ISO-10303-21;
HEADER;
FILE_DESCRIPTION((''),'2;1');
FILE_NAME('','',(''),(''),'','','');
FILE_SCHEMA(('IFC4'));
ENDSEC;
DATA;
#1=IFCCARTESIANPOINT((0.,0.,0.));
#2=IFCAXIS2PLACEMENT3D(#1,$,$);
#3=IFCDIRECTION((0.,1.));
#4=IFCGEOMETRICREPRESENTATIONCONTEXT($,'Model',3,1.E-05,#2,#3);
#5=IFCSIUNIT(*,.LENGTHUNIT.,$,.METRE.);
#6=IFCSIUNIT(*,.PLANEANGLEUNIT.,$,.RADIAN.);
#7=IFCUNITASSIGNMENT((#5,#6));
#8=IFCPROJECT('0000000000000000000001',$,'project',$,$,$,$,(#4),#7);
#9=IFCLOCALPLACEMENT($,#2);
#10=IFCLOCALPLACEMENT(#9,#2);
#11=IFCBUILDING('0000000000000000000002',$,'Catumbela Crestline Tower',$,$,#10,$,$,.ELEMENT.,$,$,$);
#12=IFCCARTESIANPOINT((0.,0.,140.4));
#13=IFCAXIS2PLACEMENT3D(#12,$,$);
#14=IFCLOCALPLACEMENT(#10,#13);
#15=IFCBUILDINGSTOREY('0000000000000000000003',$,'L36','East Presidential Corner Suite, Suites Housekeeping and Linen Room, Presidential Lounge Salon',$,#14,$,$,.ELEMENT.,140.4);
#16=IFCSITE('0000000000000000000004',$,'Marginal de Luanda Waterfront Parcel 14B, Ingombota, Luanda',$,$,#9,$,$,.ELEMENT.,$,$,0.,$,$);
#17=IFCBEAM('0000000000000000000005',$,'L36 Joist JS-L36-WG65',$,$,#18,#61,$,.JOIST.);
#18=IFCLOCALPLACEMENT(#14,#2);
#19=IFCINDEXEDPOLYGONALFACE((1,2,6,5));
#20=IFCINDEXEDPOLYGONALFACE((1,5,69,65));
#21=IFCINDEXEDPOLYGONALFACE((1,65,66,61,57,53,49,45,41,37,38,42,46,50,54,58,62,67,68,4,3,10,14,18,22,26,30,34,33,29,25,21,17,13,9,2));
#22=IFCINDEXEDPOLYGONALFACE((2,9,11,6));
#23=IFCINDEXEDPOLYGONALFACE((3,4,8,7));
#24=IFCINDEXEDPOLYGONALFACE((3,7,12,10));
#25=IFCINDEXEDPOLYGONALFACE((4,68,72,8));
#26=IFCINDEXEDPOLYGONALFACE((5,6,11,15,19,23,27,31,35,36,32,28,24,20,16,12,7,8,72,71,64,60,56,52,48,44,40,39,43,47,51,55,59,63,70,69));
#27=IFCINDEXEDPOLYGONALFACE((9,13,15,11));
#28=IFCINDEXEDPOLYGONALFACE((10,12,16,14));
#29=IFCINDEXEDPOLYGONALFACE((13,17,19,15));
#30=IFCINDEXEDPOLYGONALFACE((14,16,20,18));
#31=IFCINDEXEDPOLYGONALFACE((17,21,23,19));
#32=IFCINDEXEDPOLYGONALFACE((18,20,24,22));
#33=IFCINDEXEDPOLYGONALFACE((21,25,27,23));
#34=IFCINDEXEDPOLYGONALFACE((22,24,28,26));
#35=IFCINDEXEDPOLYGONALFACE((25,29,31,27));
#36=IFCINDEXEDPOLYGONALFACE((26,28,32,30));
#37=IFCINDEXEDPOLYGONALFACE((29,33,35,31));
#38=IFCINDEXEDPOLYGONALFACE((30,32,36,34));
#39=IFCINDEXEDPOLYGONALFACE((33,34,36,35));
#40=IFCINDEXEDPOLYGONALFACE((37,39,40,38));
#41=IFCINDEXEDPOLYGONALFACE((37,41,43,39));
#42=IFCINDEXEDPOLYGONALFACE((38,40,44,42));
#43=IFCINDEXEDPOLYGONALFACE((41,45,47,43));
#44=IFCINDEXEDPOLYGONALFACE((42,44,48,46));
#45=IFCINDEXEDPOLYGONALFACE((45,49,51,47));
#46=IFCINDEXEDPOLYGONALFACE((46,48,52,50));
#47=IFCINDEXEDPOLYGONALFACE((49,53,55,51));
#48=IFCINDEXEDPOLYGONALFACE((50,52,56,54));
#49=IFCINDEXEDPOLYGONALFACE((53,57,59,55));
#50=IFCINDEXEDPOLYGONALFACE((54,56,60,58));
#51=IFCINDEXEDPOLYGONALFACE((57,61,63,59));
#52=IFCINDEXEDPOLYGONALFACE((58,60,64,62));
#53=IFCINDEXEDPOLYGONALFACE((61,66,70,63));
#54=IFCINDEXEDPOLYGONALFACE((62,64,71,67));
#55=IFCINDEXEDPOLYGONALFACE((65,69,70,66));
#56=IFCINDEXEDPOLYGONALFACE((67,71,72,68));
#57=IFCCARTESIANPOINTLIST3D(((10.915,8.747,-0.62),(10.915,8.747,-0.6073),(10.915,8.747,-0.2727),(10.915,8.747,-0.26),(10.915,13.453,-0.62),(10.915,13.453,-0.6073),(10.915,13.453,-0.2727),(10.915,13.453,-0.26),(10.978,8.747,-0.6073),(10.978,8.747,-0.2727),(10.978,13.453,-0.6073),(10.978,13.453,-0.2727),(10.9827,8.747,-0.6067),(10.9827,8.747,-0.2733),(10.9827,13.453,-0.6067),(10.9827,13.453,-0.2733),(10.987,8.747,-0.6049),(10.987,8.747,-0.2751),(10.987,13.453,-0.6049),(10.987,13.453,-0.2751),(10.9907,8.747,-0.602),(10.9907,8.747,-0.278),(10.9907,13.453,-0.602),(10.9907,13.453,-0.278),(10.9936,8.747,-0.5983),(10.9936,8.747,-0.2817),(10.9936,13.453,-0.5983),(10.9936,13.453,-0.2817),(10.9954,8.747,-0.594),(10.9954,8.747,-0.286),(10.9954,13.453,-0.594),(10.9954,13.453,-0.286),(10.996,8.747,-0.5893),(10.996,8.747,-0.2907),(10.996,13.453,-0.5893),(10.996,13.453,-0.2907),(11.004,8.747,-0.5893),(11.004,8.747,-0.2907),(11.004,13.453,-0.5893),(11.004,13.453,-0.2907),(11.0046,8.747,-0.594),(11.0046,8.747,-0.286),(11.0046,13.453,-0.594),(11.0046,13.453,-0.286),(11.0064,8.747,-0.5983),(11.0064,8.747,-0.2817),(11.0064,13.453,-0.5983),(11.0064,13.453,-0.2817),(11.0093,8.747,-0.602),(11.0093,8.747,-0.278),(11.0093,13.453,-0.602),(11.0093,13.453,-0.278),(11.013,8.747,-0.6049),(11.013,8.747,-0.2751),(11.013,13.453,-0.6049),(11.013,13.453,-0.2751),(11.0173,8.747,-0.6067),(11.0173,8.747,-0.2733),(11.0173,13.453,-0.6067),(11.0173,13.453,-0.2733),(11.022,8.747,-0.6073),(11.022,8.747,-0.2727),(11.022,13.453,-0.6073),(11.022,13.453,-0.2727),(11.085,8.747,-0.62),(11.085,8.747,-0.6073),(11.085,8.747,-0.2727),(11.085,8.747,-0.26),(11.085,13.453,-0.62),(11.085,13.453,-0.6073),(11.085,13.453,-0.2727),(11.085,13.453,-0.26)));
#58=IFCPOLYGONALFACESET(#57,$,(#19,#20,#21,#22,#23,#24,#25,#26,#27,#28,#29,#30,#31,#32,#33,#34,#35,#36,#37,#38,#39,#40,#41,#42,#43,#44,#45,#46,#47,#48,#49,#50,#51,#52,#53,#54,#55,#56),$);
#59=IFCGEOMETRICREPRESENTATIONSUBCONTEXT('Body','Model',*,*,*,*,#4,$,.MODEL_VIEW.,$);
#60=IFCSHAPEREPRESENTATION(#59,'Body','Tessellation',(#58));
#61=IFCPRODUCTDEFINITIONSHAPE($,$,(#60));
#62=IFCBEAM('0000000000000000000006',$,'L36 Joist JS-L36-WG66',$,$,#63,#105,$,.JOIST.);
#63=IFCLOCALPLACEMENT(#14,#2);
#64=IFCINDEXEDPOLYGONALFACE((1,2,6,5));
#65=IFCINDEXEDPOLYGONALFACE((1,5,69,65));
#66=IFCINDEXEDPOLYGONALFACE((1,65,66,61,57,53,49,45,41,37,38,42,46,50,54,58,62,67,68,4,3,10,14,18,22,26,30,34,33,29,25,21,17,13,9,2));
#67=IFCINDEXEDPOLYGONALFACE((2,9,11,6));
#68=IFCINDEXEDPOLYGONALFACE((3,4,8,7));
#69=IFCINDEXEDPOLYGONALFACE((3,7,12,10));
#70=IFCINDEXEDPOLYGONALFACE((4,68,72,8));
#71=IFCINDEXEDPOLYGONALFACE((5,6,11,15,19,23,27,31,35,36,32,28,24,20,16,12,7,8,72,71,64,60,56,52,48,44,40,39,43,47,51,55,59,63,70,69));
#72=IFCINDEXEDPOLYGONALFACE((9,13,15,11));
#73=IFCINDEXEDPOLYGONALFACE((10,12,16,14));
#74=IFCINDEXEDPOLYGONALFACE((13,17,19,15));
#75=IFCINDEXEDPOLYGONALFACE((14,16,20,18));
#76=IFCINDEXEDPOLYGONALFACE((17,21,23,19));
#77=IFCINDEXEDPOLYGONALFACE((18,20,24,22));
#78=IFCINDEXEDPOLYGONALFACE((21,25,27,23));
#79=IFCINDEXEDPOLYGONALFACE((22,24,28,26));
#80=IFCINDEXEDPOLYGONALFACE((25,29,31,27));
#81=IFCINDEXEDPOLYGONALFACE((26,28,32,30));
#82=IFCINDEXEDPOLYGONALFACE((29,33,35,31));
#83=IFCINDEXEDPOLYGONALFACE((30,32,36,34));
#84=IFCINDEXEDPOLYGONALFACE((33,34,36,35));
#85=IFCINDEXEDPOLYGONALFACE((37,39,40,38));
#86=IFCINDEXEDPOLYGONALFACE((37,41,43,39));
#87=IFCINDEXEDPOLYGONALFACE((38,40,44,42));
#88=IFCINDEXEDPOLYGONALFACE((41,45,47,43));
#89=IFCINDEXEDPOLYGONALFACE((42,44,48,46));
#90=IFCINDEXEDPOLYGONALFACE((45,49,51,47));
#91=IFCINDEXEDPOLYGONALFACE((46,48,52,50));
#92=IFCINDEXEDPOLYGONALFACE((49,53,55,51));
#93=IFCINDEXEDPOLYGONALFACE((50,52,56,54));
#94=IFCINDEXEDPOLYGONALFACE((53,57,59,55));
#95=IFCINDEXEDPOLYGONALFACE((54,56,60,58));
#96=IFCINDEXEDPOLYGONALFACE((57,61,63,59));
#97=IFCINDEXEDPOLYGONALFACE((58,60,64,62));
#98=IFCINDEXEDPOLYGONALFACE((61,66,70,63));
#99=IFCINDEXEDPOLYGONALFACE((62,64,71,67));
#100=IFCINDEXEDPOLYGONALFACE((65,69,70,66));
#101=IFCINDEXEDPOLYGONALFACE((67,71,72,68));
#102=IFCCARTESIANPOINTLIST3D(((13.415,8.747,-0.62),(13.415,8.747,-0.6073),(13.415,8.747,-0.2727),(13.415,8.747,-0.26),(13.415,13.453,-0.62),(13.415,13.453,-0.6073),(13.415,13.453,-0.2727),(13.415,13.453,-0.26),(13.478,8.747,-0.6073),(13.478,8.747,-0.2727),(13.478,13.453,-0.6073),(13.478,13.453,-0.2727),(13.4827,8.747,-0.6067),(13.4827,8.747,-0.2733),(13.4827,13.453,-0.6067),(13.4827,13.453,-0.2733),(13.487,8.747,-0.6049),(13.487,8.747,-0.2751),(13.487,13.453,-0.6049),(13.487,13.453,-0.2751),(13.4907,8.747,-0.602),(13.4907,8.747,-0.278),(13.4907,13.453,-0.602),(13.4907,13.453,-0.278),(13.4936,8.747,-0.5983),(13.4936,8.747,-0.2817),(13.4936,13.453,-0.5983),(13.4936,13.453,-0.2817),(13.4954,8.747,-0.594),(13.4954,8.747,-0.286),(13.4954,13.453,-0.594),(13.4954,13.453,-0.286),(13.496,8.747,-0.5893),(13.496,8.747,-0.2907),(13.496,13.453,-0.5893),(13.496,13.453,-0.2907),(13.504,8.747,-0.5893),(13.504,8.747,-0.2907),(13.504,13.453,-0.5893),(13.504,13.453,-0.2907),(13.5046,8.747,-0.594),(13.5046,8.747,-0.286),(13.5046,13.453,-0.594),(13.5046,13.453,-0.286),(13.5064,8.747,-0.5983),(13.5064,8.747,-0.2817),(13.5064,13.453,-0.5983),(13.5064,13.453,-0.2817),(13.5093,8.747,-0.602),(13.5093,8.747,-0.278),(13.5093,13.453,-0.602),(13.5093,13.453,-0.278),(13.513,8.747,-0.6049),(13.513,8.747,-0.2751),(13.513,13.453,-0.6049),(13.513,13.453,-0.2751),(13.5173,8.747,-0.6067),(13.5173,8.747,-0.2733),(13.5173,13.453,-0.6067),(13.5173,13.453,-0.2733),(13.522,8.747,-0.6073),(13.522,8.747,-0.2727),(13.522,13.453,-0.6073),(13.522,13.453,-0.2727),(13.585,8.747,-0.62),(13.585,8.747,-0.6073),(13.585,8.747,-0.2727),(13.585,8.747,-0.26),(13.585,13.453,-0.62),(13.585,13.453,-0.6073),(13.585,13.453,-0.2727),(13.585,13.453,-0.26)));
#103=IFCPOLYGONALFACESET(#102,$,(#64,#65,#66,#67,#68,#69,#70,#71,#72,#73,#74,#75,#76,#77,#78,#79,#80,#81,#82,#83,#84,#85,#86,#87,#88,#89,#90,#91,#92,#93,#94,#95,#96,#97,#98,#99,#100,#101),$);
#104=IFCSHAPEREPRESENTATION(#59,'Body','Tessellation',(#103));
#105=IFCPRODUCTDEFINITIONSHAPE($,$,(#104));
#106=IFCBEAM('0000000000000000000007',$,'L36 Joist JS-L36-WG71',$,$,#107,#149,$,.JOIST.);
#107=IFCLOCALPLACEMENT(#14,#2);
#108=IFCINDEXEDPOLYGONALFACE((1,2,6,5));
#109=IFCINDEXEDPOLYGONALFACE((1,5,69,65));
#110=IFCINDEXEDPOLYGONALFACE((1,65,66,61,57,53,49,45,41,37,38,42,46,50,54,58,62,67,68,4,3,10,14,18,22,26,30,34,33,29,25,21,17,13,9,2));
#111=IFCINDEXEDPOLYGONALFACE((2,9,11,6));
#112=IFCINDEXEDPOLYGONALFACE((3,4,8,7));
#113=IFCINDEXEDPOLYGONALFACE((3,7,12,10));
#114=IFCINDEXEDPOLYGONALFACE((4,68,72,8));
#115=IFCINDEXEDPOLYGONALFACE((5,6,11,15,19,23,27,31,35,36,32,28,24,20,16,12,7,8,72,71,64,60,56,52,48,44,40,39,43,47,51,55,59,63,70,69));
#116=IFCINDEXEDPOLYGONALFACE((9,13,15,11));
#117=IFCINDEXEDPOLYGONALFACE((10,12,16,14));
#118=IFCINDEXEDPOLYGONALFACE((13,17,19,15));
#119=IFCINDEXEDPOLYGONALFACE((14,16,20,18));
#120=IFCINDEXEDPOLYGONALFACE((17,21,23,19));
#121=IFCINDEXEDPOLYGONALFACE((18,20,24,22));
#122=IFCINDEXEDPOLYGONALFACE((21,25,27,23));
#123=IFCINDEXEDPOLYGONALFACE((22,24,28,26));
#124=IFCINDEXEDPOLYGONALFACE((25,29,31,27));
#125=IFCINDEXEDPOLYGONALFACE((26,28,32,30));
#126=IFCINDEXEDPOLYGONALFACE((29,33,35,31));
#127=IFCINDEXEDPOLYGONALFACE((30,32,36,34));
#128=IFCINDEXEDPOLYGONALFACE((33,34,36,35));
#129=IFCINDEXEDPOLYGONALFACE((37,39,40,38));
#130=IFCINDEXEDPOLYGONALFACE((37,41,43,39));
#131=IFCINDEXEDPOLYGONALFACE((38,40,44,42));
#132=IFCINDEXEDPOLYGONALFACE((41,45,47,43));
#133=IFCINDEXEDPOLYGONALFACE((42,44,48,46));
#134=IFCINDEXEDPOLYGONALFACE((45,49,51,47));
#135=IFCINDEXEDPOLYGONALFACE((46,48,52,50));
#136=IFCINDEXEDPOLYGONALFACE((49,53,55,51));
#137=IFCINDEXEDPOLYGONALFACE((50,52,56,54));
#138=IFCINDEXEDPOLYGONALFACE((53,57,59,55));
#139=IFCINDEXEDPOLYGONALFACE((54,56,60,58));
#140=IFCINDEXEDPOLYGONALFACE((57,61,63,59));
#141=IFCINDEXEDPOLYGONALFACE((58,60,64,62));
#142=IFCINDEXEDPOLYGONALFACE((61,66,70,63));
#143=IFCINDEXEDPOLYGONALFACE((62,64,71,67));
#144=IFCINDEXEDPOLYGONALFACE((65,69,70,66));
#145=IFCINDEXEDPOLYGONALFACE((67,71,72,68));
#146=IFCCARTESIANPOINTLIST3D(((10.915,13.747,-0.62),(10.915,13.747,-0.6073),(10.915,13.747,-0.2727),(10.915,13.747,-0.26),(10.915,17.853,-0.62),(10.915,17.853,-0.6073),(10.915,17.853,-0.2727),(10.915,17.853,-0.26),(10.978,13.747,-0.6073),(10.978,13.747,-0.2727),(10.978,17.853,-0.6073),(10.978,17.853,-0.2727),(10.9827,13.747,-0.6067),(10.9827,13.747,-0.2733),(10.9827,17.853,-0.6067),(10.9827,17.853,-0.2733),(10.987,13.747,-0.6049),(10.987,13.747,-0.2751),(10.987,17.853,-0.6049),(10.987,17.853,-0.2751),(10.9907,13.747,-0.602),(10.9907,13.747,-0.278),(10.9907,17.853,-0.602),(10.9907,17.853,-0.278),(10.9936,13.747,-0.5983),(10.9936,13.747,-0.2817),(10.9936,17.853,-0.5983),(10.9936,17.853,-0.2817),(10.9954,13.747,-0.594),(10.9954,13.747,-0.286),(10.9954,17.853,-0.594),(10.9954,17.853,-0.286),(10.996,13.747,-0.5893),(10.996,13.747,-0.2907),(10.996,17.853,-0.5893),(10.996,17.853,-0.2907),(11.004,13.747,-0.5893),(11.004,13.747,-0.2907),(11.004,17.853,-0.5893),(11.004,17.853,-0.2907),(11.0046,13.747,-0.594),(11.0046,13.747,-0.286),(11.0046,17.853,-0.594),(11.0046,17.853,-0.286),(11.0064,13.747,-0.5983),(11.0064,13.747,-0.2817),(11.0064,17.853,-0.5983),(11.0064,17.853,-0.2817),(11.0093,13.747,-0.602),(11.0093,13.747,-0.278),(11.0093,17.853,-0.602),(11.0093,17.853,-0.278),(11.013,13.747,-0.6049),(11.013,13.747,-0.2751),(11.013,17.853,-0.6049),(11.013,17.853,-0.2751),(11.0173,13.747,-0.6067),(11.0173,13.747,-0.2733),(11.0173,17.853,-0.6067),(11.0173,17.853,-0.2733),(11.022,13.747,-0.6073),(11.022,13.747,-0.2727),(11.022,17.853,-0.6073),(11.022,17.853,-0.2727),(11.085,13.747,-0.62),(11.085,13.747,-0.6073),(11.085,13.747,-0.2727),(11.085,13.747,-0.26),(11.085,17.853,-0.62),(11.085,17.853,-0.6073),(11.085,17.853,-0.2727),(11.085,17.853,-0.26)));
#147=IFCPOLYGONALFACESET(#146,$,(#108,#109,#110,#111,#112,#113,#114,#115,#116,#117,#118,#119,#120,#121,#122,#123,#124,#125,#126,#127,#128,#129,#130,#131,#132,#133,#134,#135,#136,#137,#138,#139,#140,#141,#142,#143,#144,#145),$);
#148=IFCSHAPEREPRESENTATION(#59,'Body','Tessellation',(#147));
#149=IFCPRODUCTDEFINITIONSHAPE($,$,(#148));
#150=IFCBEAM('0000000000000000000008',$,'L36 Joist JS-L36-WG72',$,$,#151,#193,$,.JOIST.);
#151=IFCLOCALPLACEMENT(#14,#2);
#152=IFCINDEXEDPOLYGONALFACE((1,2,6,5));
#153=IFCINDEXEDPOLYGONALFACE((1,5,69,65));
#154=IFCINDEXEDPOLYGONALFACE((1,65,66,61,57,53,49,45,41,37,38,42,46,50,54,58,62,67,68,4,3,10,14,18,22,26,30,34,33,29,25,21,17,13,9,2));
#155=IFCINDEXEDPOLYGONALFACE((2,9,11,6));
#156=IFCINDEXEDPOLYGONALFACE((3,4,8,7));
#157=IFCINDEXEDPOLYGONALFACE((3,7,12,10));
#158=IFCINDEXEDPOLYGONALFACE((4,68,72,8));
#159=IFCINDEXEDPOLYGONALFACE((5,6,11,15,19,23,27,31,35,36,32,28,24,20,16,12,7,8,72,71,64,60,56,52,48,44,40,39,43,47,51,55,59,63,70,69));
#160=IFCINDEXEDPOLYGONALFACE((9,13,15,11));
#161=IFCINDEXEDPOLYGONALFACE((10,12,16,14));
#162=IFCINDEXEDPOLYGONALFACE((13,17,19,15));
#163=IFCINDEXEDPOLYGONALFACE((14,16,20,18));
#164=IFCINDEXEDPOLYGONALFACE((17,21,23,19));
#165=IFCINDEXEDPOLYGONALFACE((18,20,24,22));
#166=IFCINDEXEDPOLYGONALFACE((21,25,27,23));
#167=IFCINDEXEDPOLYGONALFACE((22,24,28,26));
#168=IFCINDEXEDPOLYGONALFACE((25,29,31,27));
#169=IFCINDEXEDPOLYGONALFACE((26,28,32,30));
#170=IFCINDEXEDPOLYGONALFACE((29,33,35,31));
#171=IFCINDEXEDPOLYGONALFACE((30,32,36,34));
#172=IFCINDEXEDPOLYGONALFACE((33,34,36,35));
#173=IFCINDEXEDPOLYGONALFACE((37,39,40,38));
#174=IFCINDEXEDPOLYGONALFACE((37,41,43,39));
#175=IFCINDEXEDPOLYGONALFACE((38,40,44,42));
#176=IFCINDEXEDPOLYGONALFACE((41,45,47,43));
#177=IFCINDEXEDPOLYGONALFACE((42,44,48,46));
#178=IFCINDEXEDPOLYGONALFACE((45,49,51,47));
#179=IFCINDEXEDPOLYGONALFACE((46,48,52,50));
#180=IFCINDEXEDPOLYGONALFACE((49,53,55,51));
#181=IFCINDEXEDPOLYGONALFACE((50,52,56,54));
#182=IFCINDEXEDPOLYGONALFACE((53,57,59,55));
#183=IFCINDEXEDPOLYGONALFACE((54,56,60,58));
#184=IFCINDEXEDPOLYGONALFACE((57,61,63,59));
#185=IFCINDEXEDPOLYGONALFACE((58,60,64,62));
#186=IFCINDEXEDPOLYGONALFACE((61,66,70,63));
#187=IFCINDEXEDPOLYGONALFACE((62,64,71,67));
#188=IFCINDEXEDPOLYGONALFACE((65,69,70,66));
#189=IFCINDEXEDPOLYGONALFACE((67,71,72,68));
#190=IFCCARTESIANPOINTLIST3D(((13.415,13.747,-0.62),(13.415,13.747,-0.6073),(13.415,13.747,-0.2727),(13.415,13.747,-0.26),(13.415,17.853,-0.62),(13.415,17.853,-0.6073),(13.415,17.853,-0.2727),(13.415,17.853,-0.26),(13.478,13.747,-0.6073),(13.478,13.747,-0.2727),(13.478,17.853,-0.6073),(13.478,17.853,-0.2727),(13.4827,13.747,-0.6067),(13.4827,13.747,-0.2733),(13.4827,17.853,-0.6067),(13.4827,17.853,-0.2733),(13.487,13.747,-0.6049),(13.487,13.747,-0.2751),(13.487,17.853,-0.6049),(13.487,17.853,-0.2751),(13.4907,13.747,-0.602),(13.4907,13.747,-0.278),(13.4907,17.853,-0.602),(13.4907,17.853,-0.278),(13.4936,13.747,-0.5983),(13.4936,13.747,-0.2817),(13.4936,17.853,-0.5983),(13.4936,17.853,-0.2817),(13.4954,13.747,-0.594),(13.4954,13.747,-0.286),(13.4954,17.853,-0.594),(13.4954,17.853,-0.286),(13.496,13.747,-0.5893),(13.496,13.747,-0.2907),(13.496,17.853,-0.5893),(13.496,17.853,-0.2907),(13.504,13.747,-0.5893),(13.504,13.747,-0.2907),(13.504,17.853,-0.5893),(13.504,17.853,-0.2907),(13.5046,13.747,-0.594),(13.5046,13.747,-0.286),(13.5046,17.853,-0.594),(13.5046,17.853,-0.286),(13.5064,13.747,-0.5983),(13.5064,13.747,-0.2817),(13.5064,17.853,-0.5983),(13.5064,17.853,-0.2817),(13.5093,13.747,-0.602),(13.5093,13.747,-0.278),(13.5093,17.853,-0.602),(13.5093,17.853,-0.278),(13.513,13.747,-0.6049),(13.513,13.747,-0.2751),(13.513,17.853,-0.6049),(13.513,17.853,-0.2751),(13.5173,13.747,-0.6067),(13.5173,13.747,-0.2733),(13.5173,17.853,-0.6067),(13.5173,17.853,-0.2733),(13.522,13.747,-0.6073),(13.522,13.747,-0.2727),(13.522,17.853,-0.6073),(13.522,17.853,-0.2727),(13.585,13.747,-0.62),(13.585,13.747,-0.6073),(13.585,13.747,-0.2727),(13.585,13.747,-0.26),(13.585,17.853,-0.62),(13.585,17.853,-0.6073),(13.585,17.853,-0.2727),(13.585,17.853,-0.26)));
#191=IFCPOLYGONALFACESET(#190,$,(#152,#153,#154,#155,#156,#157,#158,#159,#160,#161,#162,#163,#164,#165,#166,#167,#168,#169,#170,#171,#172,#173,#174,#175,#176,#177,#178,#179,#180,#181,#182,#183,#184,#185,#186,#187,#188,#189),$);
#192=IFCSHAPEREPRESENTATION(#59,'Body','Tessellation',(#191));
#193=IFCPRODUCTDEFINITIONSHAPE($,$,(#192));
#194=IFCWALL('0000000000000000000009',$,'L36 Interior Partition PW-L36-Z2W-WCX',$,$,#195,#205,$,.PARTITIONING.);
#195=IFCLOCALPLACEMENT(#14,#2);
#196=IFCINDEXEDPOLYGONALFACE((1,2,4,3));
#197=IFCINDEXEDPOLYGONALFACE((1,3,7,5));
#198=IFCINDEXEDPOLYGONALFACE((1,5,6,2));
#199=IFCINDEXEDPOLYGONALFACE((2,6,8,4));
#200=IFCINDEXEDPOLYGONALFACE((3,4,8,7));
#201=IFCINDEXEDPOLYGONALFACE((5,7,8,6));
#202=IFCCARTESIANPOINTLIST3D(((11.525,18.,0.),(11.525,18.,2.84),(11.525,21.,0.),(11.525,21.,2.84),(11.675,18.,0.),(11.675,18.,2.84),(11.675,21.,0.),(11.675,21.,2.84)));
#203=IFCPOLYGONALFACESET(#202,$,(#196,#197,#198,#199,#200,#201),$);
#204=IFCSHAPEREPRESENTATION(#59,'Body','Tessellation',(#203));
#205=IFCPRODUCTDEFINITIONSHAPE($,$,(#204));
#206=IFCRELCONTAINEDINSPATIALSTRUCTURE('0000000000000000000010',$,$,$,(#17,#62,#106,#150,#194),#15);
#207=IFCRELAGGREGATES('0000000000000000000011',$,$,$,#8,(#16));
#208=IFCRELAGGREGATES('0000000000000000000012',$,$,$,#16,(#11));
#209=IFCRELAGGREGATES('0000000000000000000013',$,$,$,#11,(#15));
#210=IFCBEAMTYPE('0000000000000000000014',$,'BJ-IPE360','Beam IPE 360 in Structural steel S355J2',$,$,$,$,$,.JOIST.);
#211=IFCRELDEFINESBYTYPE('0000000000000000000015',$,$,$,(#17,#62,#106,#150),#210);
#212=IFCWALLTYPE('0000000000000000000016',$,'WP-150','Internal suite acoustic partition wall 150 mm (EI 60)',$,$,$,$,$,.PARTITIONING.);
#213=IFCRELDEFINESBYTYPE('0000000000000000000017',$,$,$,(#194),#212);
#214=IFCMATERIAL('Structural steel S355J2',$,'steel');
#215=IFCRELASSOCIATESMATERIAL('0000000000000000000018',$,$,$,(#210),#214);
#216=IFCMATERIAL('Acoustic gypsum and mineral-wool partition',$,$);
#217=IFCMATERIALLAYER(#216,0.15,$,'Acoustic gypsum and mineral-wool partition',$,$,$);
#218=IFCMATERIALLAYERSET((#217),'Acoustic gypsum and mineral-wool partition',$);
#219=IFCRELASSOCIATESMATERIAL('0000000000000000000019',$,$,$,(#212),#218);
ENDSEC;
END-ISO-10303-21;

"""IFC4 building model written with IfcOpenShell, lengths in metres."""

from ifc_helpers import new_model, si_unit, direction, frame, frame_2d, origin, origin_2d, place, context, subcontext, project, spatial, rectangle, i_section, extrude, material, layer, layer_set, material_profile, profile_set, type_object, element, save


model = new_model("IFC4")

# Units and contexts
model_context = context("Model", 3, precision=1e-05, world=origin(), true_north=direction((0.0, 1.0)))
body_context = subcontext(model_context, "Body", "Model", "MODEL_VIEW")
ifc_project = project(units=[si_unit("LENGTHUNIT", "METRE"), si_unit("PLANEANGLEUNIT", "RADIAN")], contexts=[model_context])

# Site, building, storey
site_placement = place(None, origin())
site = spatial("IfcSite", under=ifc_project, at=site_placement, Name="Marginal de Luanda Waterfront Parcel 14B, Ingombota, Luanda", CompositionType="ELEMENT", RefElevation=0.0)
building_placement = place(site_placement, origin())
building = spatial("IfcBuilding", under=site, at=building_placement, Name="Catumbela Crestline Tower", CompositionType="ELEMENT")
storey_placement = place(building_placement, frame((0.0, 0.0, 140.4)))
storey = spatial("IfcBuildingStorey", under=building, at=storey_placement, Name="L36", Description="East Presidential Corner Suite, Suites Housekeeping and Linen Room, Presidential Lounge Salon", CompositionType="ELEMENT", Elevation=140.4)

# Beams
ifc_material_1 = material(Name="Structural steel S355J2", Category="steel")
ifc_material_profile_1 = material_profile(ifc_material_1, i_section(OverallWidth=0.17, OverallDepth=0.36, WebThickness=0.008, FlangeThickness=0.0127, FilletRadius=0.018, at=origin_2d()), Name="IPE 360")
ifc_profile_set_1 = profile_set([ifc_material_profile_1], Name="Structural steel S355J2")
beam_type_1 = type_object("IfcBeamType", Name="BJ-IPE360", Description="Beam IPE 360 in Structural steel S355J2", PredefinedType="JOIST", material=ifc_profile_set_1)
for number, where, z_axis, x_axis, name in (
    (1, (11.0, 8.747, -0.44), (0.0, 1.0, 0.0), (-1.0, 0.0, 0.0), "L36 Joist JS-L36-WG65"),
    (2, (13.5, 8.747, -0.44), (0.0, 1.0, 0.0), (-1.0, 0.0, 0.0), "L36 Joist JS-L36-WG66"),
):
    element("IfcBeam", number, at=place(storey_placement, frame(where, z_axis=z_axis, x_axis=x_axis)), inside=storey, type_object=beam_type_1, Name=name, PredefinedType="JOIST", context=body_context, shape_type="SweptSolid", body=[
        extrude(i_section(OverallWidth=0.17, OverallDepth=0.36, WebThickness=0.008, FlangeThickness=0.0127, FilletRadius=0.018, at=origin_2d()), origin(), (0.0, 0.0, 1.0), 4.706),
    ])
for number, where, z_axis, x_axis, name in (
    (3, (11.0, 13.747, -0.44), (0.0, 1.0, 0.0), (-1.0, 0.0, 0.0), "L36 Joist JS-L36-WG71"),
    (4, (13.5, 13.747, -0.44), (0.0, 1.0, 0.0), (-1.0, 0.0, 0.0), "L36 Joist JS-L36-WG72"),
):
    element("IfcBeam", number, at=place(storey_placement, frame(where, z_axis=z_axis, x_axis=x_axis)), inside=storey, type_object=beam_type_1, Name=name, PredefinedType="JOIST", context=body_context, shape_type="SweptSolid", body=[
        extrude(i_section(OverallWidth=0.17, OverallDepth=0.36, WebThickness=0.008, FlangeThickness=0.0127, FilletRadius=0.018, at=origin_2d()), origin(), (0.0, 0.0, 1.0), 4.106),
    ])

# Wall
ifc_material_2 = material(Name="Acoustic gypsum and mineral-wool partition")
ifc_layer = layer(ifc_material_2, 0.15, Name="Acoustic gypsum and mineral-wool partition")
ifc_layer_set = layer_set([ifc_layer], Name="Acoustic gypsum and mineral-wool partition")
wall_type = type_object("IfcWallType", Name="WP-150", Description="Internal suite acoustic partition wall 150 mm (EI 60)", PredefinedType="PARTITIONING", material=ifc_layer_set)
wall_placement = place(storey_placement, frame((11.6, 18.0, 0.0), z_axis=(0.0, 0.0, 1.0), x_axis=(0.0, 1.0, 0.0)))
element("IfcWall", 5, at=wall_placement, inside=storey, type_object=wall_type, Name="L36 Interior Partition PW-L36-Z2W-WCX", PredefinedType="PARTITIONING", context=body_context, shape_type="SweptSolid", body=[
    extrude(rectangle(XDim=3.0, YDim=0.15, at=frame_2d((1.5, 0.0))), origin(), (0.0, 0.0, 1.0), 2.84),
])

save(model, "model.ifc")
